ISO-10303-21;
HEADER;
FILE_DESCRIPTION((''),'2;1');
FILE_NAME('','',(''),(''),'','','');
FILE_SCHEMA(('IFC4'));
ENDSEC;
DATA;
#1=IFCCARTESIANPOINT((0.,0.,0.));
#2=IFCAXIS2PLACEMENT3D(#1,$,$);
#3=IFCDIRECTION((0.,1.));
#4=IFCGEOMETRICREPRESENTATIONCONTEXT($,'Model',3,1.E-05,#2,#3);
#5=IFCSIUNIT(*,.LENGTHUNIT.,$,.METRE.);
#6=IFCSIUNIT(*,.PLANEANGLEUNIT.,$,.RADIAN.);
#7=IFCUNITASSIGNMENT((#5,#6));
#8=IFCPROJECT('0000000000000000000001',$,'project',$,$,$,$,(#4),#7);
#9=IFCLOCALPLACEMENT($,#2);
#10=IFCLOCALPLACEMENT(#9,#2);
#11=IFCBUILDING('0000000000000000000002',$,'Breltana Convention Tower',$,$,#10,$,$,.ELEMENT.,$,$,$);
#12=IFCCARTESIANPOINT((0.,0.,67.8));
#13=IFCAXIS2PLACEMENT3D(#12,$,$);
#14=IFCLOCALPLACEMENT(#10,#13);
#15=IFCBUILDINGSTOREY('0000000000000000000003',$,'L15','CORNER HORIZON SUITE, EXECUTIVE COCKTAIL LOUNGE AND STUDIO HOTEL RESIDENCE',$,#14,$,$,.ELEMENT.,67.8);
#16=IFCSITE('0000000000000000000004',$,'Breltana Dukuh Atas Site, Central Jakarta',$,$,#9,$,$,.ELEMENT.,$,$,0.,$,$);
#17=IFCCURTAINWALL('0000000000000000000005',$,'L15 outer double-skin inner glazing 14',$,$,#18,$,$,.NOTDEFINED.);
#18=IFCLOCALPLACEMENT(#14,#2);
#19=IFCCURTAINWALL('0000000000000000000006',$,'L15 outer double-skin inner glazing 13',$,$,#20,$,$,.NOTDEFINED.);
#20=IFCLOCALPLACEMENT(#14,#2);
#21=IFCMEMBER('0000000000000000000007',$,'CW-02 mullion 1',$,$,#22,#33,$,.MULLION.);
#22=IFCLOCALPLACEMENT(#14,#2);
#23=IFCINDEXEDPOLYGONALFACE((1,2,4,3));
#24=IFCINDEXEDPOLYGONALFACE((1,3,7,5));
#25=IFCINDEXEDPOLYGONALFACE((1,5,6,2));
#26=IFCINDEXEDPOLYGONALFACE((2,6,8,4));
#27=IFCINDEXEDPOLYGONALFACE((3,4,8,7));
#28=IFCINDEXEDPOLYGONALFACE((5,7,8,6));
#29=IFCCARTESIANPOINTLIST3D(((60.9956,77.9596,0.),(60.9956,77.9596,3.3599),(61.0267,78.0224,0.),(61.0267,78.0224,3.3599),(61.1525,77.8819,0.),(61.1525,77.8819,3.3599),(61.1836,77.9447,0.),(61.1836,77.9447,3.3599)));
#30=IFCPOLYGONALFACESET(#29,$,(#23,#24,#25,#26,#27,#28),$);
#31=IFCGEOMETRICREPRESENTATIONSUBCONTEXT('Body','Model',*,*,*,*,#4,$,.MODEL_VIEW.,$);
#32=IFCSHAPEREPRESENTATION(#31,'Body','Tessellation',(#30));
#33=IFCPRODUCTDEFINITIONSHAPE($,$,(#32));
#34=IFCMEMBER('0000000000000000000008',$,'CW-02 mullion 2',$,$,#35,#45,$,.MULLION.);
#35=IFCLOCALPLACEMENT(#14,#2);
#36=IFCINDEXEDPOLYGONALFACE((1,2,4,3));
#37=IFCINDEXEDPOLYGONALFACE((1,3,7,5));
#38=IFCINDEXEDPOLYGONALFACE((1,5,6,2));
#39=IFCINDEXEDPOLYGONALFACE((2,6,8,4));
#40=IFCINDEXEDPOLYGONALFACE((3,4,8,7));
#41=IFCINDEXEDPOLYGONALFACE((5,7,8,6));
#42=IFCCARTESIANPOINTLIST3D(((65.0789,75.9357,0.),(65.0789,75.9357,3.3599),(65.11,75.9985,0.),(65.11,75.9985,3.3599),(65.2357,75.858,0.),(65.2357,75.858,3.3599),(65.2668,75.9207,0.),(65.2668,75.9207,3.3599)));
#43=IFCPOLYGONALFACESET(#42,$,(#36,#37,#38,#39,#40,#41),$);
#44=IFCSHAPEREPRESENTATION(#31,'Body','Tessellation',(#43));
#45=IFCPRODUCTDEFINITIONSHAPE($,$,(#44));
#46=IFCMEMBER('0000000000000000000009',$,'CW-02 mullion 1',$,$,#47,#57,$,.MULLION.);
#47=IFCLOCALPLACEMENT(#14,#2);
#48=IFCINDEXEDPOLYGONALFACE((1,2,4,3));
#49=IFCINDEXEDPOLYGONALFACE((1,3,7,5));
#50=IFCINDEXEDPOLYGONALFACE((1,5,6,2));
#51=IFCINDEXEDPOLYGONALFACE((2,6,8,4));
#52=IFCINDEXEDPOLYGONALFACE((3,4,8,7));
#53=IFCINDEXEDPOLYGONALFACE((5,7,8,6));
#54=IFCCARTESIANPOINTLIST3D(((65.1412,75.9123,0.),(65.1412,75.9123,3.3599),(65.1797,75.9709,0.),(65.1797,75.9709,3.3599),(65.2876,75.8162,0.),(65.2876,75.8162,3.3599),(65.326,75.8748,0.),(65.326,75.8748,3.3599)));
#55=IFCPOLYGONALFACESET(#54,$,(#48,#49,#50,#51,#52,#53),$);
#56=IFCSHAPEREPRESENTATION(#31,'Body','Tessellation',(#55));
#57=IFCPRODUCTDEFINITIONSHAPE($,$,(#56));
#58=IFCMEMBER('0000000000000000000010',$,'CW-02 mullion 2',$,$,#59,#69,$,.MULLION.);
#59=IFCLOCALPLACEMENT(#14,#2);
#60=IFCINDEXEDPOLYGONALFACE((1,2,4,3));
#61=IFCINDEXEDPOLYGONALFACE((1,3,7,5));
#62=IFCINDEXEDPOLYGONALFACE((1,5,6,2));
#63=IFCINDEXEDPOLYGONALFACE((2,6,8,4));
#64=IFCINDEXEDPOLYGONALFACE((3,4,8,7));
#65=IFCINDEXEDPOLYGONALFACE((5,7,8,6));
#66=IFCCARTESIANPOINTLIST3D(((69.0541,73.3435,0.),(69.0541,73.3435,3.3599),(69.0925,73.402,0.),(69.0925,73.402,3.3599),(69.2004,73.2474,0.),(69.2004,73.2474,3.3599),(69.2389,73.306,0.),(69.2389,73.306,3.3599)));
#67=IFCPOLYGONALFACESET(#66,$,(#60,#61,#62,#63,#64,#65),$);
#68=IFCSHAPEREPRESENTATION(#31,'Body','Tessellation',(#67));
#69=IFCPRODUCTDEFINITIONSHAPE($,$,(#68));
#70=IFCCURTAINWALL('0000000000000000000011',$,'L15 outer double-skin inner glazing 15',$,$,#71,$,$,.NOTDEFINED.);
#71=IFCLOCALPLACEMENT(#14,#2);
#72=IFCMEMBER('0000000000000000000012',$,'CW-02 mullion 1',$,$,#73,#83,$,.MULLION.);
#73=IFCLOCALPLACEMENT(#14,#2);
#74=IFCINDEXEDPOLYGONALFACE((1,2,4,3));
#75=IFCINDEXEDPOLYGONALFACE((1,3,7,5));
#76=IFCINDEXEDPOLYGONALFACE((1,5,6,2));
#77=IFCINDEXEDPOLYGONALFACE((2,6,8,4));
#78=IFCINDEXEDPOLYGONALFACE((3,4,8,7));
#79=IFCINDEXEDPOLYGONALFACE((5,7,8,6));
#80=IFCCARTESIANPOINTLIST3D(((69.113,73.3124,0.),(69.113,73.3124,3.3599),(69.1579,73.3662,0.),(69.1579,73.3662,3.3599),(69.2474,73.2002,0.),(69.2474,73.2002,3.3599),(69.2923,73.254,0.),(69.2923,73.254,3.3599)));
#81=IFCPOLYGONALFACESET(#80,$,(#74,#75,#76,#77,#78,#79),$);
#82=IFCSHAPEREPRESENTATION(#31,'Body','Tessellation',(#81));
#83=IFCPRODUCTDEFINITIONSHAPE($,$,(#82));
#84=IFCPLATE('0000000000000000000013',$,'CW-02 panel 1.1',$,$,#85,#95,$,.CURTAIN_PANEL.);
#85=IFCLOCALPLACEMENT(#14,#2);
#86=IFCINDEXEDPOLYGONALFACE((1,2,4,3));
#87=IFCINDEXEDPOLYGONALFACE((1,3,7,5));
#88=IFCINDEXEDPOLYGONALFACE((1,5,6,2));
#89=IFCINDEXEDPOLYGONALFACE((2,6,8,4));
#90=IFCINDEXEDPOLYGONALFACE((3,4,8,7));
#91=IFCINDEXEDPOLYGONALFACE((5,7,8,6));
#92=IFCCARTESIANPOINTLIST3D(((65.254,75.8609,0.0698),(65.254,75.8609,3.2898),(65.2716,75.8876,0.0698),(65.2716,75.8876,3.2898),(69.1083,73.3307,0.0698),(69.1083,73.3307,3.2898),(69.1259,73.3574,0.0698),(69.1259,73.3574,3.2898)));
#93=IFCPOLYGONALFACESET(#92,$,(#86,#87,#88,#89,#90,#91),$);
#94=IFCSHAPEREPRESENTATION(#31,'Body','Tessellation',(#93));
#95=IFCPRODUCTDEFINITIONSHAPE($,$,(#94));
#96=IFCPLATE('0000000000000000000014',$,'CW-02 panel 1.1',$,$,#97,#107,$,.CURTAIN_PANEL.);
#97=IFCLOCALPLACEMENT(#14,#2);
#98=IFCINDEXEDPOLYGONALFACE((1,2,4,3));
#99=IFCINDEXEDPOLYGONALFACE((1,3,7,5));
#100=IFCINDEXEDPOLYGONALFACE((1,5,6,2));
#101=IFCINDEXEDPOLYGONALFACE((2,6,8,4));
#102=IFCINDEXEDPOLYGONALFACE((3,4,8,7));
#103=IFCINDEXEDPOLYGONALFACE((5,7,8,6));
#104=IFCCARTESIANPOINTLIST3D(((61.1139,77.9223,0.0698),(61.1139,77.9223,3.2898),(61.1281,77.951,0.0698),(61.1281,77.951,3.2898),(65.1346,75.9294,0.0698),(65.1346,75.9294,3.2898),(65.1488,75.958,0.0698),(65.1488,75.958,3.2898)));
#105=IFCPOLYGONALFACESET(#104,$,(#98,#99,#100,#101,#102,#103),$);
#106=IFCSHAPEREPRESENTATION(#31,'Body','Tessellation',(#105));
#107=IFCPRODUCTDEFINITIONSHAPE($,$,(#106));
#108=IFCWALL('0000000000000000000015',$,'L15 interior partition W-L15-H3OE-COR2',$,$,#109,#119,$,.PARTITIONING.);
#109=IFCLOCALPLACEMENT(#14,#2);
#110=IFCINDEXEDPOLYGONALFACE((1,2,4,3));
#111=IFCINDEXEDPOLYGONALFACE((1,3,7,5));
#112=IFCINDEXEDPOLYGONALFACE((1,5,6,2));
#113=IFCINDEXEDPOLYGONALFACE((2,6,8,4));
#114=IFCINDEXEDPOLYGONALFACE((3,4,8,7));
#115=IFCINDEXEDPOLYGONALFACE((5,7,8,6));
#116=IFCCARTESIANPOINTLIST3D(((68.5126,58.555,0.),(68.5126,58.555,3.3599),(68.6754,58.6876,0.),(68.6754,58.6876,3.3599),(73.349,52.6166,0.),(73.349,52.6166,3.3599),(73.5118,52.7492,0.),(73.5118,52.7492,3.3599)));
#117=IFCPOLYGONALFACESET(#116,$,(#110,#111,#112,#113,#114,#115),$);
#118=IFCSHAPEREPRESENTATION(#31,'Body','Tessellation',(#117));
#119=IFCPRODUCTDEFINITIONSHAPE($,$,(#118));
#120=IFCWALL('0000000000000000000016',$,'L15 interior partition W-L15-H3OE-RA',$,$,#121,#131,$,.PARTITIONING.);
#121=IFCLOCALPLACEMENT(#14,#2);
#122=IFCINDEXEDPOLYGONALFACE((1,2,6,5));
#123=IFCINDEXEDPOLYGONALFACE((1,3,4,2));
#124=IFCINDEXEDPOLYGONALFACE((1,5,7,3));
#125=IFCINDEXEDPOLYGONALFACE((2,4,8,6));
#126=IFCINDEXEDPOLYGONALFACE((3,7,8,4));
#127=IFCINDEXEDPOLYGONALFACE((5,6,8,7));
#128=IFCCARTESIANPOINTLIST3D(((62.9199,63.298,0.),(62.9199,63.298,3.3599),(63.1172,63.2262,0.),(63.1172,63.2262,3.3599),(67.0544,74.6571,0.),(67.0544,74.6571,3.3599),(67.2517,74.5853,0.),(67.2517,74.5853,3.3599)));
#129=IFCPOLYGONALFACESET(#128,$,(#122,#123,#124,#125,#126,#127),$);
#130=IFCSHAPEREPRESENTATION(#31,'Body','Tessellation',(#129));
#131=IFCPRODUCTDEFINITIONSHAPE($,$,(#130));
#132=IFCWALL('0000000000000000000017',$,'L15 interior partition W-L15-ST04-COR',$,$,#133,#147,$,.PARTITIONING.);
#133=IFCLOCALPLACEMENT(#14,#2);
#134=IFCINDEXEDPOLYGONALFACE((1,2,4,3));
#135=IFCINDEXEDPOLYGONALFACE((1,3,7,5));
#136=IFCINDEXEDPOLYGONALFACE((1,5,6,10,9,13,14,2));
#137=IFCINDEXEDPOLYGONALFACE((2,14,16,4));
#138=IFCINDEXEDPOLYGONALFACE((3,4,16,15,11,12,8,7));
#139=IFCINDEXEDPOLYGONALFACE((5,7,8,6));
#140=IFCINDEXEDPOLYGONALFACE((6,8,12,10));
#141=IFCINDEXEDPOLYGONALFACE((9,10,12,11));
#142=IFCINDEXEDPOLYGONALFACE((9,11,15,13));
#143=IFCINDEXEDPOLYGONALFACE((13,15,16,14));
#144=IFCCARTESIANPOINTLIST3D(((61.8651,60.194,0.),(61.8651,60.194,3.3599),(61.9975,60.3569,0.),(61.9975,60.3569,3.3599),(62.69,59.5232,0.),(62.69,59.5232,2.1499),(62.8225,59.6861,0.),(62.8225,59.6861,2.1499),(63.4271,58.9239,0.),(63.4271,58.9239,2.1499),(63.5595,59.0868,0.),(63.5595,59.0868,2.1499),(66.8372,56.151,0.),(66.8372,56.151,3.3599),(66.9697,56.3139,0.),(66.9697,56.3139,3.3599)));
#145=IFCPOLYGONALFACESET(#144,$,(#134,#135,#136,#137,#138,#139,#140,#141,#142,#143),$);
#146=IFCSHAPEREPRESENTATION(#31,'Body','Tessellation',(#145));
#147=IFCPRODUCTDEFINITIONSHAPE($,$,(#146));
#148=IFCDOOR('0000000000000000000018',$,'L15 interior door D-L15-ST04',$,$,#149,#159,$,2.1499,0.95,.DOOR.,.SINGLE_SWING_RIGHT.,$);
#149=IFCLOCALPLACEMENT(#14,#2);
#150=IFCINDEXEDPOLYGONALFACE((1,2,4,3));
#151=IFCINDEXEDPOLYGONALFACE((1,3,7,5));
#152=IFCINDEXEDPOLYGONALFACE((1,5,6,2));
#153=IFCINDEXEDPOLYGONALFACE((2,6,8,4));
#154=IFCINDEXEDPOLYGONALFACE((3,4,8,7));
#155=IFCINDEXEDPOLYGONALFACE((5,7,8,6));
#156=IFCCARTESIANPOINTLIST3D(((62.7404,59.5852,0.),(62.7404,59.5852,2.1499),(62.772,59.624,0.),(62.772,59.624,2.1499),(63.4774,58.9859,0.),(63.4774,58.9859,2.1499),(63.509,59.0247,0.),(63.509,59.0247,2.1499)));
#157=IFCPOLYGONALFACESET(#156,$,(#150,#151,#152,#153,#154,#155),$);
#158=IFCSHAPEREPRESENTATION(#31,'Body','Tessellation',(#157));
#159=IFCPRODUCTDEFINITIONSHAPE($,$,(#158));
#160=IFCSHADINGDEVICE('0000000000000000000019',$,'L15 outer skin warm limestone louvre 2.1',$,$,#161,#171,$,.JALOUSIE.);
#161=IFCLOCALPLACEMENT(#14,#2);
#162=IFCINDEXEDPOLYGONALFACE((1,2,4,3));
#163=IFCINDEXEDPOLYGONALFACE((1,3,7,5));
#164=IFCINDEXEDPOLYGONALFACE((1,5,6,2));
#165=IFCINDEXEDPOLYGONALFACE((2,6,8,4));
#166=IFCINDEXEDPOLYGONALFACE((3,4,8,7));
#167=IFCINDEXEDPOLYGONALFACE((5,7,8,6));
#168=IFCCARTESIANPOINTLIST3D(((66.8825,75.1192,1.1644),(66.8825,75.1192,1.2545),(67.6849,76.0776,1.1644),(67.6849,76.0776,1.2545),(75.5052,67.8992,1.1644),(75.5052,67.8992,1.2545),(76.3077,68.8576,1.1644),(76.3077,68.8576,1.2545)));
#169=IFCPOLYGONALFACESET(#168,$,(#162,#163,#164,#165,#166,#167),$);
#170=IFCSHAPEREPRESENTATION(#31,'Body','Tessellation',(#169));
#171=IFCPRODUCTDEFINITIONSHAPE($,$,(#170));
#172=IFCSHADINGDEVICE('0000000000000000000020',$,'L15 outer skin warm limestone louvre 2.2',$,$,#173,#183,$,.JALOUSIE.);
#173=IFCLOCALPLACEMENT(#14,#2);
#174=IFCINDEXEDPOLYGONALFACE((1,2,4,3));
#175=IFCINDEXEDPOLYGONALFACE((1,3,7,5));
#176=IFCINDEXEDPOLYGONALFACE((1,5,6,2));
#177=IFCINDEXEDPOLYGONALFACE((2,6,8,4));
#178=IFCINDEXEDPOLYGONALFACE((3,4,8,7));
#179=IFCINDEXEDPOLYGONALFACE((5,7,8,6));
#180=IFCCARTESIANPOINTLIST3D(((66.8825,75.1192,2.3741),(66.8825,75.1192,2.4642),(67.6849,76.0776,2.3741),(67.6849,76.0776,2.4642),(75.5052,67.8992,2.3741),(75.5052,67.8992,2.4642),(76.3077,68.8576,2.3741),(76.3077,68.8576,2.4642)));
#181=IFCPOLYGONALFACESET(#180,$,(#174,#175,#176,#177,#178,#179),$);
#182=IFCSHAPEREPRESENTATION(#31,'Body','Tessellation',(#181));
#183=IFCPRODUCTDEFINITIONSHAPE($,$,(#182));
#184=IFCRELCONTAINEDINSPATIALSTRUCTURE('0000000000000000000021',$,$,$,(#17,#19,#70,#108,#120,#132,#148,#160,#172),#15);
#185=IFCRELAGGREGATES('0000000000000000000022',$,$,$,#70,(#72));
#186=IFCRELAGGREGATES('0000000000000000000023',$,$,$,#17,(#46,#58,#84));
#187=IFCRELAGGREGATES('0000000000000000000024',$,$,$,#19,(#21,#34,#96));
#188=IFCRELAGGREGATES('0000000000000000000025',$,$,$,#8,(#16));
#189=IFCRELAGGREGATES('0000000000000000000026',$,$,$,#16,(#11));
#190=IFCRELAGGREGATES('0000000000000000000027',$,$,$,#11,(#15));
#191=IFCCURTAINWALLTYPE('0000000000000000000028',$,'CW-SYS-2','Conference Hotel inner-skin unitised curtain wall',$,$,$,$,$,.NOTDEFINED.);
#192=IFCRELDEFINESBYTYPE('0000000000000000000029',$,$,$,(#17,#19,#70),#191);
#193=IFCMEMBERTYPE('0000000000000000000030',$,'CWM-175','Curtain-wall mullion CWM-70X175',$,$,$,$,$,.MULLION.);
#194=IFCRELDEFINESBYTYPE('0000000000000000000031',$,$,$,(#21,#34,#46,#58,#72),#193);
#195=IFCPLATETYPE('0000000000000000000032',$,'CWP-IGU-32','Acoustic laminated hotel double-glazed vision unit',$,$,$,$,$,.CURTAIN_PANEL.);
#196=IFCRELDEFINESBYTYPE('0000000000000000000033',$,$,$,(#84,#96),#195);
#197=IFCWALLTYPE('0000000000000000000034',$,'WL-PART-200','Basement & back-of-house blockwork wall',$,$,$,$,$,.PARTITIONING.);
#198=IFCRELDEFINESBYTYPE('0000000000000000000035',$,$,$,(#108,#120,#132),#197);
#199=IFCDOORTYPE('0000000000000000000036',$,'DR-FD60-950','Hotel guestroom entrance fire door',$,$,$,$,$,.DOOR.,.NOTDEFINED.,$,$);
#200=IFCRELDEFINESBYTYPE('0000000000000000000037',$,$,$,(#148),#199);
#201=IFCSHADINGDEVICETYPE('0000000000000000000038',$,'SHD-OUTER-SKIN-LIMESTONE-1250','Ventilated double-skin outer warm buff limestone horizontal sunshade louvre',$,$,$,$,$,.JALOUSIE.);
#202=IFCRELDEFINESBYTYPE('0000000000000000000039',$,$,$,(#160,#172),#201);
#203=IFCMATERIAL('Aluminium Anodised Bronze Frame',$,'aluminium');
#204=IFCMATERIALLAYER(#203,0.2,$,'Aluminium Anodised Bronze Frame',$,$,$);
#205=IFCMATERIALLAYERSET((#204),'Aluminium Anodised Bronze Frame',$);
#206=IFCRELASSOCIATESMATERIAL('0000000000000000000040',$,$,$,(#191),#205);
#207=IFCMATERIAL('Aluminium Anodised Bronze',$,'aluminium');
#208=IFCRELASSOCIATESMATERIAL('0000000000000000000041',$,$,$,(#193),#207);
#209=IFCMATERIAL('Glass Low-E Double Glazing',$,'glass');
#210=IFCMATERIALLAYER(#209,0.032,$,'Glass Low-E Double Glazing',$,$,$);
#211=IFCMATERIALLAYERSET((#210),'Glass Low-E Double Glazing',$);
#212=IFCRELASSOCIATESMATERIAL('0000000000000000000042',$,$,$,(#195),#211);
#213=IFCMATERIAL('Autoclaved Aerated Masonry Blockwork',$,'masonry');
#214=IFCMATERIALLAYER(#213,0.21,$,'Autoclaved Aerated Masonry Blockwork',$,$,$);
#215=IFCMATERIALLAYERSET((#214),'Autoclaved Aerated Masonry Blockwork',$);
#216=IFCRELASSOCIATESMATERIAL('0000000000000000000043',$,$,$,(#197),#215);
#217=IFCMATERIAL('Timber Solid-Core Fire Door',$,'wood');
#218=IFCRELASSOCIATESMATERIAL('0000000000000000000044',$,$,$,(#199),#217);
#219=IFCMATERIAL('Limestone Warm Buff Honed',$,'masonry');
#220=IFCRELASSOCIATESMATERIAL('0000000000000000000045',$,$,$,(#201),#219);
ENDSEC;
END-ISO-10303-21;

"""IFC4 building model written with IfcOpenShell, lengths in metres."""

from ifc_helpers import new_model, si_unit, direction, frame, frame_2d, origin, origin_2d, place, context, subcontext, project, spatial, rectangle, extrude, source, transform, mapped, material, layer, layer_set, material_profile, profile_set, type_object, type_shapes, element, fill, aggregate, save


model = new_model("IFC4")

# Units and contexts
model_context = context("Model", 3, precision=1e-05, world=origin(), true_north=direction((0.0, 1.0)))
body_context = subcontext(model_context, "Body", "Model", "MODEL_VIEW")
ifc_project = project(units=[si_unit("LENGTHUNIT", "METRE"), si_unit("PLANEANGLEUNIT", "RADIAN")], contexts=[model_context])

# Site, building, storey
site_placement = place(None, origin())
site = spatial("IfcSite", under=ifc_project, at=site_placement, Name="Breltana Dukuh Atas Site, Central Jakarta", CompositionType="ELEMENT", RefElevation=0.0)
building_placement = place(site_placement, origin())
building = spatial("IfcBuilding", under=site, at=building_placement, Name="Breltana Convention Tower", CompositionType="ELEMENT")
storey_placement = place(building_placement, frame((0.0, 0.0, 67.8)))
storey = spatial("IfcBuildingStorey", under=building, at=storey_placement, Name="L15", Description="CORNER HORIZON SUITE, EXECUTIVE COCKTAIL LOUNGE AND STUDIO HOTEL RESIDENCE", CompositionType="ELEMENT", Elevation=67.8)

# Curtain walls, members
ifc_material_1 = material(Name="Aluminium Anodised Bronze Frame", Category="aluminium")
ifc_layer_1 = layer(ifc_material_1, 0.2, Name="Aluminium Anodised Bronze Frame")
ifc_layer_set_1 = layer_set([ifc_layer_1], Name="Aluminium Anodised Bronze Frame")
curtain_wall_type = type_object("IfcCurtainWallType", Name="CW-SYS-2", Description="Conference Hotel inner-skin unitised curtain wall", PredefinedType="NOTDEFINED", material=ifc_layer_set_1)
curtain_wall_1_placement = place(storey_placement, origin())
curtain_wall_1 = element("IfcCurtainWall", 1, at=curtain_wall_1_placement, inside=storey, type_object=curtain_wall_type, Name="L15 outer double-skin inner glazing 14", PredefinedType="NOTDEFINED")
ifc_material_2 = material(Name="Aluminium Anodised Bronze", Category="aluminium")
curtain_wall_2_placement = place(storey_placement, origin())
curtain_wall_2 = element("IfcCurtainWall", 2, at=curtain_wall_2_placement, inside=storey, type_object=curtain_wall_type, Name="L15 outer double-skin inner glazing 13", PredefinedType="NOTDEFINED")
ifc_material_profile_1 = material_profile(ifc_material_2, rectangle(XDim=0.0701, YDim=0.175, at=origin_2d()), Name="CWM-70X175")
ifc_profile_set_1 = profile_set([ifc_material_profile_1], Name="Aluminium Anodised Bronze")
member_type_1 = type_object("IfcMemberType", Name="CWM-175", Description="Curtain-wall mullion CWM-70X175", PredefinedType="MULLION", material=ifc_profile_set_1)
shared_shape_1 = source(origin(), body_context, "Body", "SweptSolid", [
    extrude(rectangle(XDim=0.0701, YDim=0.175, at=origin_2d()), origin(), (0.0, 0.0, 1.0), 3.3599),
])
member_1_placement = place(storey_placement, frame((61.0896, 77.9521, 0.0), z_axis=(0.0, 0.0, 1.0), x_axis=(0.444108, 0.895973, 0.0)))
member_1 = element("IfcMember", 3, at=member_1_placement, type_object=member_type_1, Name="CW-02 mullion 1", PredefinedType="MULLION", context=body_context, shape_type="MappedRepresentation", body=[
    mapped(shared_shape_1, transform((0.0, 0.0, 0.0), scale=1.0)),
])
member_2_placement = place(storey_placement, frame((65.1729, 75.9282, 0.0), z_axis=(0.0, 0.0, 1.0), x_axis=(0.444108, 0.895973, 0.0)))
member_2 = element("IfcMember", 4, at=member_2_placement, type_object=member_type_1, Name="CW-02 mullion 2", PredefinedType="MULLION", context=body_context, shape_type="MappedRepresentation", body=[
    mapped(shared_shape_1, transform((0.0, 0.0, 0.0), scale=1.0)),
])

# Members
member_3_placement = place(storey_placement, frame((65.2336, 75.8936, 0.0), z_axis=(0.0, 0.0, 1.0), x_axis=(0.548784, 0.835964, 0.0)))
member_3 = element("IfcMember", 5, at=member_3_placement, type_object=member_type_1, Name="CW-02 mullion 1", PredefinedType="MULLION", context=body_context, shape_type="MappedRepresentation", body=[
    mapped(shared_shape_1, transform((0.0, 0.0, 0.0), scale=1.0)),
])
member_4_placement = place(storey_placement, frame((69.1465, 73.3247, 0.0), z_axis=(0.0, 0.0, 1.0), x_axis=(0.548784, 0.835964, 0.0)))
member_4 = element("IfcMember", 6, at=member_4_placement, type_object=member_type_1, Name="CW-02 mullion 2", PredefinedType="MULLION", context=body_context, shape_type="MappedRepresentation", body=[
    mapped(shared_shape_1, transform((0.0, 0.0, 0.0), scale=1.0)),
])

# Curtain wall, member
curtain_wall_3_placement = place(storey_placement, origin())
curtain_wall_3 = element("IfcCurtainWall", 7, at=curtain_wall_3_placement, inside=storey, type_object=curtain_wall_type, Name="L15 outer double-skin inner glazing 15", PredefinedType="NOTDEFINED")
member_5_placement = place(storey_placement, frame((69.2026, 73.2832, 0.0), z_axis=(0.0, 0.0, 1.0), x_axis=(0.64052, 0.767941, 0.0)))
member_5 = element("IfcMember", 8, at=member_5_placement, type_object=member_type_1, Name="CW-02 mullion 1", PredefinedType="MULLION", context=body_context, shape_type="MappedRepresentation", body=[
    mapped(shared_shape_1, transform((0.0, 0.0, 0.0), scale=1.0)),
])
aggregate(curtain_wall_3, [member_5])

# Plates
ifc_material_3 = material(Name="Glass Low-E Double Glazing", Category="glass")
ifc_layer_2 = layer(ifc_material_3, 0.032, Name="Glass Low-E Double Glazing")
ifc_layer_set_2 = layer_set([ifc_layer_2], Name="Glass Low-E Double Glazing")
plate_type = type_object("IfcPlateType", Name="CWP-IGU-32", Description="Acoustic laminated hotel double-glazed vision unit", PredefinedType="CURTAIN_PANEL", material=ifc_layer_set_2)
shared_shape_2 = source(origin(), body_context, "Body", "SweptSolid", [
    extrude(rectangle(XDim=4.6106, YDim=0.032, at=origin_2d()), origin(), (0.0, 0.0, 1.0), 3.22),
])
plate_1_placement = place(storey_placement, frame((67.1899, 74.6091, 0.0698), z_axis=(0.0, 0.0, 1.0), x_axis=(0.835964, -0.548784, 0.0)))
plate_1 = element("IfcPlate", 9, at=plate_1_placement, type_object=plate_type, Name="CW-02 panel 1.1", PredefinedType="CURTAIN_PANEL", context=body_context, shape_type="MappedRepresentation", body=[
    mapped(shared_shape_2, transform((0.0, 0.0, 0.0), scale=1.0)),
])
aggregate(curtain_wall_1, [member_3, member_4, plate_1])
shared_shape_3 = source(origin(), body_context, "Body", "SweptSolid", [
    extrude(rectangle(XDim=4.4875, YDim=0.032, at=origin_2d()), origin(), (0.0, 0.0, 1.0), 3.22),
])
plate_2_placement = place(storey_placement, frame((63.1313, 76.9402, 0.0698), z_axis=(0.0, 0.0, 1.0), x_axis=(0.895973, -0.444108, 0.0)))
plate_2 = element("IfcPlate", 10, at=plate_2_placement, type_object=plate_type, Name="CW-02 panel 1.1", PredefinedType="CURTAIN_PANEL", context=body_context, shape_type="MappedRepresentation", body=[
    mapped(shared_shape_3, transform((0.0, 0.0, 0.0), scale=1.0)),
])
aggregate(curtain_wall_2, [member_1, member_2, plate_2])

# Shared definitions
ifc_material_4 = material(Name="Autoclaved Aerated Masonry Blockwork", Category="masonry")
ifc_layer_3 = layer(ifc_material_4, 0.21, Name="Autoclaved Aerated Masonry Blockwork")
ifc_layer_set_3 = layer_set([ifc_layer_3], Name="Autoclaved Aerated Masonry Blockwork")
wall_type = type_object("IfcWallType", Name="WL-PART-200", Description="Basement & back-of-house blockwork wall", PredefinedType="PARTITIONING", material=ifc_layer_set_3)

# Walls
shared_shape_4 = source(origin(), body_context, "Body", "SweptSolid", [
    extrude(rectangle(XDim=7.6587, YDim=0.21, at=frame_2d((3.8293, 0.0))), origin(), (0.0, 0.0, 1.0), 3.3599),
])
wall_1_placement = place(storey_placement, frame((68.594, 58.6213, 0.0), z_axis=(0.0, 0.0, 1.0), x_axis=(0.63149, -0.775384, 0.0)))
element("IfcWall", 11, at=wall_1_placement, inside=storey, type_object=wall_type, Name="L15 interior partition W-L15-H3OE-COR2", PredefinedType="PARTITIONING", context=body_context, shape_type="MappedRepresentation", body=[
    mapped(shared_shape_4, transform((0.0, 0.0, 0.0), scale=1.0)),
])
shared_shape_5 = source(origin(), body_context, "Body", "SweptSolid", [
    extrude(rectangle(XDim=12.0881, YDim=0.21, at=frame_2d((6.0439, 0.0))), origin(), (0.0, 0.0, 1.0), 3.3599),
])
wall_2_placement = place(storey_placement, frame((63.0186, 63.2622, 0.0), z_axis=(0.0, 0.0, 1.0), x_axis=(0.34203, 0.939689, 0.0)))
element("IfcWall", 12, at=wall_2_placement, inside=storey, type_object=wall_type, Name="L15 interior partition W-L15-H3OE-RA", PredefinedType="PARTITIONING", context=body_context, shape_type="MappedRepresentation", body=[
    mapped(shared_shape_5, transform((0.0, 0.0, 0.0), scale=1.0)),
])

# Wall, opening, door
shared_shape_6 = source(origin(), body_context, "Body", "SweptSolid", [
    extrude(rectangle(XDim=6.4084, YDim=0.21, at=frame_2d((3.2041, 0.0))), origin(), (0.0, 0.0, 1.0), 3.3599),
])
wall_3_placement = place(storey_placement, frame((61.9314, 60.2754, 0.0), z_axis=(0.0, 0.0, 1.0), x_axis=(0.775879, -0.630882, 0.0)))
wall_3 = element("IfcWall", 13, at=wall_3_placement, inside=storey, type_object=wall_type, Name="L15 interior partition W-L15-ST04-COR", PredefinedType="PARTITIONING", context=body_context, shape_type="MappedRepresentation", body=[
    mapped(shared_shape_6, transform((0.0, 0.0, 0.0), scale=1.0)),
])
opening_1_placement = place(wall_3_placement, frame((1.063, 0.0, 0.0)))
opening_1 = element("IfcOpeningElement", 14, at=opening_1_placement, cuts=wall_3, PredefinedType="OPENING", context=body_context, shape_type="SweptSolid", body=[
    extrude(rectangle(XDim=0.95, YDim=2.1499, at=frame_2d((0.4751, 1.075))), frame((0.0, 0.115, 0.0), z_axis=(0.0, -1.0, 0.0), x_axis=(1.0, 0.0, 0.0)), (0.0, 0.0, 1.0), 0.23),
])
ifc_material_5 = material(Name="Timber Solid-Core Fire Door", Category="wood")
door_type_1 = type_object("IfcDoorType", Name="DR-FD60-950", Description="Hotel guestroom entrance fire door", OperationType="NOTDEFINED", PredefinedType="DOOR", material=ifc_material_5)
shared_shape_7 = source(origin(), body_context, "Body", "SweptSolid", [
    extrude(rectangle(XDim=0.95, YDim=2.1499, at=frame_2d((0.4751, 1.075))), frame((0.0, 0.0249, 0.0), z_axis=(0.0, -1.0, 0.0), x_axis=(1.0, 0.0, 0.0)), (0.0, 0.0, 1.0), 0.05),
])
type_shapes(door_type_1, [shared_shape_7])
door_1_placement = place(opening_1_placement, origin())
door_1 = element("IfcDoor", 15, at=door_1_placement, inside=storey, type_object=door_type_1, Name="L15 interior door D-L15-ST04", OperationType="SINGLE_SWING_RIGHT", OverallHeight=2.1499, OverallWidth=0.95, PredefinedType="DOOR", context=body_context, shape_type="MappedRepresentation", body=[
    mapped(shared_shape_7, transform((0.0, 0.0, 0.0), scale=1.0)),
])
fill(opening_1, door_1)

# Shading devices
ifc_material_6 = material(Name="Limestone Warm Buff Honed", Category="masonry")
ifc_material_profile_2 = material_profile(ifc_material_6, rectangle(XDim=1.25, YDim=0.0901, at=origin_2d()), Name="STN-LVR-1250X90")
ifc_profile_set_2 = profile_set([ifc_material_profile_2], Name="Limestone Warm Buff Honed")
shading_device_type = type_object("IfcShadingDeviceType", Name="SHD-OUTER-SKIN-LIMESTONE-1250", Description="Ventilated double-skin outer warm buff limestone horizontal sunshade louvre", PredefinedType="JALOUSIE", material=ifc_profile_set_2)
shared_shape_8 = source(origin(), body_context, "Body", "SweptSolid", [
    extrude(rectangle(XDim=1.25, YDim=0.0901, at=origin_2d()), origin(), (0.0, 0.0, 1.0), 11.2463),
])
for number, where, z_axis, x_axis, name in (
    (16, (67.2837, 75.5984, 1.2095), (0.766719, -0.641983, 0.0), (0.641983, 0.766719, 0.0), "L15 outer skin warm limestone louvre 2.1"),
    (17, (67.2837, 75.5984, 2.4192), (0.766719, -0.641983, 0.0), (0.641983, 0.766719, 0.0), "L15 outer skin warm limestone louvre 2.2"),
):
    element("IfcShadingDevice", number, at=place(storey_placement, frame(where, z_axis=z_axis, x_axis=x_axis)), inside=storey, type_object=shading_device_type, Name=name, PredefinedType="JALOUSIE", context=body_context, shape_type="MappedRepresentation", body=[
        mapped(shared_shape_8, transform((0.0, 0.0, 0.0), scale=1.0)),
    ])

save(model, "model.ifc")
